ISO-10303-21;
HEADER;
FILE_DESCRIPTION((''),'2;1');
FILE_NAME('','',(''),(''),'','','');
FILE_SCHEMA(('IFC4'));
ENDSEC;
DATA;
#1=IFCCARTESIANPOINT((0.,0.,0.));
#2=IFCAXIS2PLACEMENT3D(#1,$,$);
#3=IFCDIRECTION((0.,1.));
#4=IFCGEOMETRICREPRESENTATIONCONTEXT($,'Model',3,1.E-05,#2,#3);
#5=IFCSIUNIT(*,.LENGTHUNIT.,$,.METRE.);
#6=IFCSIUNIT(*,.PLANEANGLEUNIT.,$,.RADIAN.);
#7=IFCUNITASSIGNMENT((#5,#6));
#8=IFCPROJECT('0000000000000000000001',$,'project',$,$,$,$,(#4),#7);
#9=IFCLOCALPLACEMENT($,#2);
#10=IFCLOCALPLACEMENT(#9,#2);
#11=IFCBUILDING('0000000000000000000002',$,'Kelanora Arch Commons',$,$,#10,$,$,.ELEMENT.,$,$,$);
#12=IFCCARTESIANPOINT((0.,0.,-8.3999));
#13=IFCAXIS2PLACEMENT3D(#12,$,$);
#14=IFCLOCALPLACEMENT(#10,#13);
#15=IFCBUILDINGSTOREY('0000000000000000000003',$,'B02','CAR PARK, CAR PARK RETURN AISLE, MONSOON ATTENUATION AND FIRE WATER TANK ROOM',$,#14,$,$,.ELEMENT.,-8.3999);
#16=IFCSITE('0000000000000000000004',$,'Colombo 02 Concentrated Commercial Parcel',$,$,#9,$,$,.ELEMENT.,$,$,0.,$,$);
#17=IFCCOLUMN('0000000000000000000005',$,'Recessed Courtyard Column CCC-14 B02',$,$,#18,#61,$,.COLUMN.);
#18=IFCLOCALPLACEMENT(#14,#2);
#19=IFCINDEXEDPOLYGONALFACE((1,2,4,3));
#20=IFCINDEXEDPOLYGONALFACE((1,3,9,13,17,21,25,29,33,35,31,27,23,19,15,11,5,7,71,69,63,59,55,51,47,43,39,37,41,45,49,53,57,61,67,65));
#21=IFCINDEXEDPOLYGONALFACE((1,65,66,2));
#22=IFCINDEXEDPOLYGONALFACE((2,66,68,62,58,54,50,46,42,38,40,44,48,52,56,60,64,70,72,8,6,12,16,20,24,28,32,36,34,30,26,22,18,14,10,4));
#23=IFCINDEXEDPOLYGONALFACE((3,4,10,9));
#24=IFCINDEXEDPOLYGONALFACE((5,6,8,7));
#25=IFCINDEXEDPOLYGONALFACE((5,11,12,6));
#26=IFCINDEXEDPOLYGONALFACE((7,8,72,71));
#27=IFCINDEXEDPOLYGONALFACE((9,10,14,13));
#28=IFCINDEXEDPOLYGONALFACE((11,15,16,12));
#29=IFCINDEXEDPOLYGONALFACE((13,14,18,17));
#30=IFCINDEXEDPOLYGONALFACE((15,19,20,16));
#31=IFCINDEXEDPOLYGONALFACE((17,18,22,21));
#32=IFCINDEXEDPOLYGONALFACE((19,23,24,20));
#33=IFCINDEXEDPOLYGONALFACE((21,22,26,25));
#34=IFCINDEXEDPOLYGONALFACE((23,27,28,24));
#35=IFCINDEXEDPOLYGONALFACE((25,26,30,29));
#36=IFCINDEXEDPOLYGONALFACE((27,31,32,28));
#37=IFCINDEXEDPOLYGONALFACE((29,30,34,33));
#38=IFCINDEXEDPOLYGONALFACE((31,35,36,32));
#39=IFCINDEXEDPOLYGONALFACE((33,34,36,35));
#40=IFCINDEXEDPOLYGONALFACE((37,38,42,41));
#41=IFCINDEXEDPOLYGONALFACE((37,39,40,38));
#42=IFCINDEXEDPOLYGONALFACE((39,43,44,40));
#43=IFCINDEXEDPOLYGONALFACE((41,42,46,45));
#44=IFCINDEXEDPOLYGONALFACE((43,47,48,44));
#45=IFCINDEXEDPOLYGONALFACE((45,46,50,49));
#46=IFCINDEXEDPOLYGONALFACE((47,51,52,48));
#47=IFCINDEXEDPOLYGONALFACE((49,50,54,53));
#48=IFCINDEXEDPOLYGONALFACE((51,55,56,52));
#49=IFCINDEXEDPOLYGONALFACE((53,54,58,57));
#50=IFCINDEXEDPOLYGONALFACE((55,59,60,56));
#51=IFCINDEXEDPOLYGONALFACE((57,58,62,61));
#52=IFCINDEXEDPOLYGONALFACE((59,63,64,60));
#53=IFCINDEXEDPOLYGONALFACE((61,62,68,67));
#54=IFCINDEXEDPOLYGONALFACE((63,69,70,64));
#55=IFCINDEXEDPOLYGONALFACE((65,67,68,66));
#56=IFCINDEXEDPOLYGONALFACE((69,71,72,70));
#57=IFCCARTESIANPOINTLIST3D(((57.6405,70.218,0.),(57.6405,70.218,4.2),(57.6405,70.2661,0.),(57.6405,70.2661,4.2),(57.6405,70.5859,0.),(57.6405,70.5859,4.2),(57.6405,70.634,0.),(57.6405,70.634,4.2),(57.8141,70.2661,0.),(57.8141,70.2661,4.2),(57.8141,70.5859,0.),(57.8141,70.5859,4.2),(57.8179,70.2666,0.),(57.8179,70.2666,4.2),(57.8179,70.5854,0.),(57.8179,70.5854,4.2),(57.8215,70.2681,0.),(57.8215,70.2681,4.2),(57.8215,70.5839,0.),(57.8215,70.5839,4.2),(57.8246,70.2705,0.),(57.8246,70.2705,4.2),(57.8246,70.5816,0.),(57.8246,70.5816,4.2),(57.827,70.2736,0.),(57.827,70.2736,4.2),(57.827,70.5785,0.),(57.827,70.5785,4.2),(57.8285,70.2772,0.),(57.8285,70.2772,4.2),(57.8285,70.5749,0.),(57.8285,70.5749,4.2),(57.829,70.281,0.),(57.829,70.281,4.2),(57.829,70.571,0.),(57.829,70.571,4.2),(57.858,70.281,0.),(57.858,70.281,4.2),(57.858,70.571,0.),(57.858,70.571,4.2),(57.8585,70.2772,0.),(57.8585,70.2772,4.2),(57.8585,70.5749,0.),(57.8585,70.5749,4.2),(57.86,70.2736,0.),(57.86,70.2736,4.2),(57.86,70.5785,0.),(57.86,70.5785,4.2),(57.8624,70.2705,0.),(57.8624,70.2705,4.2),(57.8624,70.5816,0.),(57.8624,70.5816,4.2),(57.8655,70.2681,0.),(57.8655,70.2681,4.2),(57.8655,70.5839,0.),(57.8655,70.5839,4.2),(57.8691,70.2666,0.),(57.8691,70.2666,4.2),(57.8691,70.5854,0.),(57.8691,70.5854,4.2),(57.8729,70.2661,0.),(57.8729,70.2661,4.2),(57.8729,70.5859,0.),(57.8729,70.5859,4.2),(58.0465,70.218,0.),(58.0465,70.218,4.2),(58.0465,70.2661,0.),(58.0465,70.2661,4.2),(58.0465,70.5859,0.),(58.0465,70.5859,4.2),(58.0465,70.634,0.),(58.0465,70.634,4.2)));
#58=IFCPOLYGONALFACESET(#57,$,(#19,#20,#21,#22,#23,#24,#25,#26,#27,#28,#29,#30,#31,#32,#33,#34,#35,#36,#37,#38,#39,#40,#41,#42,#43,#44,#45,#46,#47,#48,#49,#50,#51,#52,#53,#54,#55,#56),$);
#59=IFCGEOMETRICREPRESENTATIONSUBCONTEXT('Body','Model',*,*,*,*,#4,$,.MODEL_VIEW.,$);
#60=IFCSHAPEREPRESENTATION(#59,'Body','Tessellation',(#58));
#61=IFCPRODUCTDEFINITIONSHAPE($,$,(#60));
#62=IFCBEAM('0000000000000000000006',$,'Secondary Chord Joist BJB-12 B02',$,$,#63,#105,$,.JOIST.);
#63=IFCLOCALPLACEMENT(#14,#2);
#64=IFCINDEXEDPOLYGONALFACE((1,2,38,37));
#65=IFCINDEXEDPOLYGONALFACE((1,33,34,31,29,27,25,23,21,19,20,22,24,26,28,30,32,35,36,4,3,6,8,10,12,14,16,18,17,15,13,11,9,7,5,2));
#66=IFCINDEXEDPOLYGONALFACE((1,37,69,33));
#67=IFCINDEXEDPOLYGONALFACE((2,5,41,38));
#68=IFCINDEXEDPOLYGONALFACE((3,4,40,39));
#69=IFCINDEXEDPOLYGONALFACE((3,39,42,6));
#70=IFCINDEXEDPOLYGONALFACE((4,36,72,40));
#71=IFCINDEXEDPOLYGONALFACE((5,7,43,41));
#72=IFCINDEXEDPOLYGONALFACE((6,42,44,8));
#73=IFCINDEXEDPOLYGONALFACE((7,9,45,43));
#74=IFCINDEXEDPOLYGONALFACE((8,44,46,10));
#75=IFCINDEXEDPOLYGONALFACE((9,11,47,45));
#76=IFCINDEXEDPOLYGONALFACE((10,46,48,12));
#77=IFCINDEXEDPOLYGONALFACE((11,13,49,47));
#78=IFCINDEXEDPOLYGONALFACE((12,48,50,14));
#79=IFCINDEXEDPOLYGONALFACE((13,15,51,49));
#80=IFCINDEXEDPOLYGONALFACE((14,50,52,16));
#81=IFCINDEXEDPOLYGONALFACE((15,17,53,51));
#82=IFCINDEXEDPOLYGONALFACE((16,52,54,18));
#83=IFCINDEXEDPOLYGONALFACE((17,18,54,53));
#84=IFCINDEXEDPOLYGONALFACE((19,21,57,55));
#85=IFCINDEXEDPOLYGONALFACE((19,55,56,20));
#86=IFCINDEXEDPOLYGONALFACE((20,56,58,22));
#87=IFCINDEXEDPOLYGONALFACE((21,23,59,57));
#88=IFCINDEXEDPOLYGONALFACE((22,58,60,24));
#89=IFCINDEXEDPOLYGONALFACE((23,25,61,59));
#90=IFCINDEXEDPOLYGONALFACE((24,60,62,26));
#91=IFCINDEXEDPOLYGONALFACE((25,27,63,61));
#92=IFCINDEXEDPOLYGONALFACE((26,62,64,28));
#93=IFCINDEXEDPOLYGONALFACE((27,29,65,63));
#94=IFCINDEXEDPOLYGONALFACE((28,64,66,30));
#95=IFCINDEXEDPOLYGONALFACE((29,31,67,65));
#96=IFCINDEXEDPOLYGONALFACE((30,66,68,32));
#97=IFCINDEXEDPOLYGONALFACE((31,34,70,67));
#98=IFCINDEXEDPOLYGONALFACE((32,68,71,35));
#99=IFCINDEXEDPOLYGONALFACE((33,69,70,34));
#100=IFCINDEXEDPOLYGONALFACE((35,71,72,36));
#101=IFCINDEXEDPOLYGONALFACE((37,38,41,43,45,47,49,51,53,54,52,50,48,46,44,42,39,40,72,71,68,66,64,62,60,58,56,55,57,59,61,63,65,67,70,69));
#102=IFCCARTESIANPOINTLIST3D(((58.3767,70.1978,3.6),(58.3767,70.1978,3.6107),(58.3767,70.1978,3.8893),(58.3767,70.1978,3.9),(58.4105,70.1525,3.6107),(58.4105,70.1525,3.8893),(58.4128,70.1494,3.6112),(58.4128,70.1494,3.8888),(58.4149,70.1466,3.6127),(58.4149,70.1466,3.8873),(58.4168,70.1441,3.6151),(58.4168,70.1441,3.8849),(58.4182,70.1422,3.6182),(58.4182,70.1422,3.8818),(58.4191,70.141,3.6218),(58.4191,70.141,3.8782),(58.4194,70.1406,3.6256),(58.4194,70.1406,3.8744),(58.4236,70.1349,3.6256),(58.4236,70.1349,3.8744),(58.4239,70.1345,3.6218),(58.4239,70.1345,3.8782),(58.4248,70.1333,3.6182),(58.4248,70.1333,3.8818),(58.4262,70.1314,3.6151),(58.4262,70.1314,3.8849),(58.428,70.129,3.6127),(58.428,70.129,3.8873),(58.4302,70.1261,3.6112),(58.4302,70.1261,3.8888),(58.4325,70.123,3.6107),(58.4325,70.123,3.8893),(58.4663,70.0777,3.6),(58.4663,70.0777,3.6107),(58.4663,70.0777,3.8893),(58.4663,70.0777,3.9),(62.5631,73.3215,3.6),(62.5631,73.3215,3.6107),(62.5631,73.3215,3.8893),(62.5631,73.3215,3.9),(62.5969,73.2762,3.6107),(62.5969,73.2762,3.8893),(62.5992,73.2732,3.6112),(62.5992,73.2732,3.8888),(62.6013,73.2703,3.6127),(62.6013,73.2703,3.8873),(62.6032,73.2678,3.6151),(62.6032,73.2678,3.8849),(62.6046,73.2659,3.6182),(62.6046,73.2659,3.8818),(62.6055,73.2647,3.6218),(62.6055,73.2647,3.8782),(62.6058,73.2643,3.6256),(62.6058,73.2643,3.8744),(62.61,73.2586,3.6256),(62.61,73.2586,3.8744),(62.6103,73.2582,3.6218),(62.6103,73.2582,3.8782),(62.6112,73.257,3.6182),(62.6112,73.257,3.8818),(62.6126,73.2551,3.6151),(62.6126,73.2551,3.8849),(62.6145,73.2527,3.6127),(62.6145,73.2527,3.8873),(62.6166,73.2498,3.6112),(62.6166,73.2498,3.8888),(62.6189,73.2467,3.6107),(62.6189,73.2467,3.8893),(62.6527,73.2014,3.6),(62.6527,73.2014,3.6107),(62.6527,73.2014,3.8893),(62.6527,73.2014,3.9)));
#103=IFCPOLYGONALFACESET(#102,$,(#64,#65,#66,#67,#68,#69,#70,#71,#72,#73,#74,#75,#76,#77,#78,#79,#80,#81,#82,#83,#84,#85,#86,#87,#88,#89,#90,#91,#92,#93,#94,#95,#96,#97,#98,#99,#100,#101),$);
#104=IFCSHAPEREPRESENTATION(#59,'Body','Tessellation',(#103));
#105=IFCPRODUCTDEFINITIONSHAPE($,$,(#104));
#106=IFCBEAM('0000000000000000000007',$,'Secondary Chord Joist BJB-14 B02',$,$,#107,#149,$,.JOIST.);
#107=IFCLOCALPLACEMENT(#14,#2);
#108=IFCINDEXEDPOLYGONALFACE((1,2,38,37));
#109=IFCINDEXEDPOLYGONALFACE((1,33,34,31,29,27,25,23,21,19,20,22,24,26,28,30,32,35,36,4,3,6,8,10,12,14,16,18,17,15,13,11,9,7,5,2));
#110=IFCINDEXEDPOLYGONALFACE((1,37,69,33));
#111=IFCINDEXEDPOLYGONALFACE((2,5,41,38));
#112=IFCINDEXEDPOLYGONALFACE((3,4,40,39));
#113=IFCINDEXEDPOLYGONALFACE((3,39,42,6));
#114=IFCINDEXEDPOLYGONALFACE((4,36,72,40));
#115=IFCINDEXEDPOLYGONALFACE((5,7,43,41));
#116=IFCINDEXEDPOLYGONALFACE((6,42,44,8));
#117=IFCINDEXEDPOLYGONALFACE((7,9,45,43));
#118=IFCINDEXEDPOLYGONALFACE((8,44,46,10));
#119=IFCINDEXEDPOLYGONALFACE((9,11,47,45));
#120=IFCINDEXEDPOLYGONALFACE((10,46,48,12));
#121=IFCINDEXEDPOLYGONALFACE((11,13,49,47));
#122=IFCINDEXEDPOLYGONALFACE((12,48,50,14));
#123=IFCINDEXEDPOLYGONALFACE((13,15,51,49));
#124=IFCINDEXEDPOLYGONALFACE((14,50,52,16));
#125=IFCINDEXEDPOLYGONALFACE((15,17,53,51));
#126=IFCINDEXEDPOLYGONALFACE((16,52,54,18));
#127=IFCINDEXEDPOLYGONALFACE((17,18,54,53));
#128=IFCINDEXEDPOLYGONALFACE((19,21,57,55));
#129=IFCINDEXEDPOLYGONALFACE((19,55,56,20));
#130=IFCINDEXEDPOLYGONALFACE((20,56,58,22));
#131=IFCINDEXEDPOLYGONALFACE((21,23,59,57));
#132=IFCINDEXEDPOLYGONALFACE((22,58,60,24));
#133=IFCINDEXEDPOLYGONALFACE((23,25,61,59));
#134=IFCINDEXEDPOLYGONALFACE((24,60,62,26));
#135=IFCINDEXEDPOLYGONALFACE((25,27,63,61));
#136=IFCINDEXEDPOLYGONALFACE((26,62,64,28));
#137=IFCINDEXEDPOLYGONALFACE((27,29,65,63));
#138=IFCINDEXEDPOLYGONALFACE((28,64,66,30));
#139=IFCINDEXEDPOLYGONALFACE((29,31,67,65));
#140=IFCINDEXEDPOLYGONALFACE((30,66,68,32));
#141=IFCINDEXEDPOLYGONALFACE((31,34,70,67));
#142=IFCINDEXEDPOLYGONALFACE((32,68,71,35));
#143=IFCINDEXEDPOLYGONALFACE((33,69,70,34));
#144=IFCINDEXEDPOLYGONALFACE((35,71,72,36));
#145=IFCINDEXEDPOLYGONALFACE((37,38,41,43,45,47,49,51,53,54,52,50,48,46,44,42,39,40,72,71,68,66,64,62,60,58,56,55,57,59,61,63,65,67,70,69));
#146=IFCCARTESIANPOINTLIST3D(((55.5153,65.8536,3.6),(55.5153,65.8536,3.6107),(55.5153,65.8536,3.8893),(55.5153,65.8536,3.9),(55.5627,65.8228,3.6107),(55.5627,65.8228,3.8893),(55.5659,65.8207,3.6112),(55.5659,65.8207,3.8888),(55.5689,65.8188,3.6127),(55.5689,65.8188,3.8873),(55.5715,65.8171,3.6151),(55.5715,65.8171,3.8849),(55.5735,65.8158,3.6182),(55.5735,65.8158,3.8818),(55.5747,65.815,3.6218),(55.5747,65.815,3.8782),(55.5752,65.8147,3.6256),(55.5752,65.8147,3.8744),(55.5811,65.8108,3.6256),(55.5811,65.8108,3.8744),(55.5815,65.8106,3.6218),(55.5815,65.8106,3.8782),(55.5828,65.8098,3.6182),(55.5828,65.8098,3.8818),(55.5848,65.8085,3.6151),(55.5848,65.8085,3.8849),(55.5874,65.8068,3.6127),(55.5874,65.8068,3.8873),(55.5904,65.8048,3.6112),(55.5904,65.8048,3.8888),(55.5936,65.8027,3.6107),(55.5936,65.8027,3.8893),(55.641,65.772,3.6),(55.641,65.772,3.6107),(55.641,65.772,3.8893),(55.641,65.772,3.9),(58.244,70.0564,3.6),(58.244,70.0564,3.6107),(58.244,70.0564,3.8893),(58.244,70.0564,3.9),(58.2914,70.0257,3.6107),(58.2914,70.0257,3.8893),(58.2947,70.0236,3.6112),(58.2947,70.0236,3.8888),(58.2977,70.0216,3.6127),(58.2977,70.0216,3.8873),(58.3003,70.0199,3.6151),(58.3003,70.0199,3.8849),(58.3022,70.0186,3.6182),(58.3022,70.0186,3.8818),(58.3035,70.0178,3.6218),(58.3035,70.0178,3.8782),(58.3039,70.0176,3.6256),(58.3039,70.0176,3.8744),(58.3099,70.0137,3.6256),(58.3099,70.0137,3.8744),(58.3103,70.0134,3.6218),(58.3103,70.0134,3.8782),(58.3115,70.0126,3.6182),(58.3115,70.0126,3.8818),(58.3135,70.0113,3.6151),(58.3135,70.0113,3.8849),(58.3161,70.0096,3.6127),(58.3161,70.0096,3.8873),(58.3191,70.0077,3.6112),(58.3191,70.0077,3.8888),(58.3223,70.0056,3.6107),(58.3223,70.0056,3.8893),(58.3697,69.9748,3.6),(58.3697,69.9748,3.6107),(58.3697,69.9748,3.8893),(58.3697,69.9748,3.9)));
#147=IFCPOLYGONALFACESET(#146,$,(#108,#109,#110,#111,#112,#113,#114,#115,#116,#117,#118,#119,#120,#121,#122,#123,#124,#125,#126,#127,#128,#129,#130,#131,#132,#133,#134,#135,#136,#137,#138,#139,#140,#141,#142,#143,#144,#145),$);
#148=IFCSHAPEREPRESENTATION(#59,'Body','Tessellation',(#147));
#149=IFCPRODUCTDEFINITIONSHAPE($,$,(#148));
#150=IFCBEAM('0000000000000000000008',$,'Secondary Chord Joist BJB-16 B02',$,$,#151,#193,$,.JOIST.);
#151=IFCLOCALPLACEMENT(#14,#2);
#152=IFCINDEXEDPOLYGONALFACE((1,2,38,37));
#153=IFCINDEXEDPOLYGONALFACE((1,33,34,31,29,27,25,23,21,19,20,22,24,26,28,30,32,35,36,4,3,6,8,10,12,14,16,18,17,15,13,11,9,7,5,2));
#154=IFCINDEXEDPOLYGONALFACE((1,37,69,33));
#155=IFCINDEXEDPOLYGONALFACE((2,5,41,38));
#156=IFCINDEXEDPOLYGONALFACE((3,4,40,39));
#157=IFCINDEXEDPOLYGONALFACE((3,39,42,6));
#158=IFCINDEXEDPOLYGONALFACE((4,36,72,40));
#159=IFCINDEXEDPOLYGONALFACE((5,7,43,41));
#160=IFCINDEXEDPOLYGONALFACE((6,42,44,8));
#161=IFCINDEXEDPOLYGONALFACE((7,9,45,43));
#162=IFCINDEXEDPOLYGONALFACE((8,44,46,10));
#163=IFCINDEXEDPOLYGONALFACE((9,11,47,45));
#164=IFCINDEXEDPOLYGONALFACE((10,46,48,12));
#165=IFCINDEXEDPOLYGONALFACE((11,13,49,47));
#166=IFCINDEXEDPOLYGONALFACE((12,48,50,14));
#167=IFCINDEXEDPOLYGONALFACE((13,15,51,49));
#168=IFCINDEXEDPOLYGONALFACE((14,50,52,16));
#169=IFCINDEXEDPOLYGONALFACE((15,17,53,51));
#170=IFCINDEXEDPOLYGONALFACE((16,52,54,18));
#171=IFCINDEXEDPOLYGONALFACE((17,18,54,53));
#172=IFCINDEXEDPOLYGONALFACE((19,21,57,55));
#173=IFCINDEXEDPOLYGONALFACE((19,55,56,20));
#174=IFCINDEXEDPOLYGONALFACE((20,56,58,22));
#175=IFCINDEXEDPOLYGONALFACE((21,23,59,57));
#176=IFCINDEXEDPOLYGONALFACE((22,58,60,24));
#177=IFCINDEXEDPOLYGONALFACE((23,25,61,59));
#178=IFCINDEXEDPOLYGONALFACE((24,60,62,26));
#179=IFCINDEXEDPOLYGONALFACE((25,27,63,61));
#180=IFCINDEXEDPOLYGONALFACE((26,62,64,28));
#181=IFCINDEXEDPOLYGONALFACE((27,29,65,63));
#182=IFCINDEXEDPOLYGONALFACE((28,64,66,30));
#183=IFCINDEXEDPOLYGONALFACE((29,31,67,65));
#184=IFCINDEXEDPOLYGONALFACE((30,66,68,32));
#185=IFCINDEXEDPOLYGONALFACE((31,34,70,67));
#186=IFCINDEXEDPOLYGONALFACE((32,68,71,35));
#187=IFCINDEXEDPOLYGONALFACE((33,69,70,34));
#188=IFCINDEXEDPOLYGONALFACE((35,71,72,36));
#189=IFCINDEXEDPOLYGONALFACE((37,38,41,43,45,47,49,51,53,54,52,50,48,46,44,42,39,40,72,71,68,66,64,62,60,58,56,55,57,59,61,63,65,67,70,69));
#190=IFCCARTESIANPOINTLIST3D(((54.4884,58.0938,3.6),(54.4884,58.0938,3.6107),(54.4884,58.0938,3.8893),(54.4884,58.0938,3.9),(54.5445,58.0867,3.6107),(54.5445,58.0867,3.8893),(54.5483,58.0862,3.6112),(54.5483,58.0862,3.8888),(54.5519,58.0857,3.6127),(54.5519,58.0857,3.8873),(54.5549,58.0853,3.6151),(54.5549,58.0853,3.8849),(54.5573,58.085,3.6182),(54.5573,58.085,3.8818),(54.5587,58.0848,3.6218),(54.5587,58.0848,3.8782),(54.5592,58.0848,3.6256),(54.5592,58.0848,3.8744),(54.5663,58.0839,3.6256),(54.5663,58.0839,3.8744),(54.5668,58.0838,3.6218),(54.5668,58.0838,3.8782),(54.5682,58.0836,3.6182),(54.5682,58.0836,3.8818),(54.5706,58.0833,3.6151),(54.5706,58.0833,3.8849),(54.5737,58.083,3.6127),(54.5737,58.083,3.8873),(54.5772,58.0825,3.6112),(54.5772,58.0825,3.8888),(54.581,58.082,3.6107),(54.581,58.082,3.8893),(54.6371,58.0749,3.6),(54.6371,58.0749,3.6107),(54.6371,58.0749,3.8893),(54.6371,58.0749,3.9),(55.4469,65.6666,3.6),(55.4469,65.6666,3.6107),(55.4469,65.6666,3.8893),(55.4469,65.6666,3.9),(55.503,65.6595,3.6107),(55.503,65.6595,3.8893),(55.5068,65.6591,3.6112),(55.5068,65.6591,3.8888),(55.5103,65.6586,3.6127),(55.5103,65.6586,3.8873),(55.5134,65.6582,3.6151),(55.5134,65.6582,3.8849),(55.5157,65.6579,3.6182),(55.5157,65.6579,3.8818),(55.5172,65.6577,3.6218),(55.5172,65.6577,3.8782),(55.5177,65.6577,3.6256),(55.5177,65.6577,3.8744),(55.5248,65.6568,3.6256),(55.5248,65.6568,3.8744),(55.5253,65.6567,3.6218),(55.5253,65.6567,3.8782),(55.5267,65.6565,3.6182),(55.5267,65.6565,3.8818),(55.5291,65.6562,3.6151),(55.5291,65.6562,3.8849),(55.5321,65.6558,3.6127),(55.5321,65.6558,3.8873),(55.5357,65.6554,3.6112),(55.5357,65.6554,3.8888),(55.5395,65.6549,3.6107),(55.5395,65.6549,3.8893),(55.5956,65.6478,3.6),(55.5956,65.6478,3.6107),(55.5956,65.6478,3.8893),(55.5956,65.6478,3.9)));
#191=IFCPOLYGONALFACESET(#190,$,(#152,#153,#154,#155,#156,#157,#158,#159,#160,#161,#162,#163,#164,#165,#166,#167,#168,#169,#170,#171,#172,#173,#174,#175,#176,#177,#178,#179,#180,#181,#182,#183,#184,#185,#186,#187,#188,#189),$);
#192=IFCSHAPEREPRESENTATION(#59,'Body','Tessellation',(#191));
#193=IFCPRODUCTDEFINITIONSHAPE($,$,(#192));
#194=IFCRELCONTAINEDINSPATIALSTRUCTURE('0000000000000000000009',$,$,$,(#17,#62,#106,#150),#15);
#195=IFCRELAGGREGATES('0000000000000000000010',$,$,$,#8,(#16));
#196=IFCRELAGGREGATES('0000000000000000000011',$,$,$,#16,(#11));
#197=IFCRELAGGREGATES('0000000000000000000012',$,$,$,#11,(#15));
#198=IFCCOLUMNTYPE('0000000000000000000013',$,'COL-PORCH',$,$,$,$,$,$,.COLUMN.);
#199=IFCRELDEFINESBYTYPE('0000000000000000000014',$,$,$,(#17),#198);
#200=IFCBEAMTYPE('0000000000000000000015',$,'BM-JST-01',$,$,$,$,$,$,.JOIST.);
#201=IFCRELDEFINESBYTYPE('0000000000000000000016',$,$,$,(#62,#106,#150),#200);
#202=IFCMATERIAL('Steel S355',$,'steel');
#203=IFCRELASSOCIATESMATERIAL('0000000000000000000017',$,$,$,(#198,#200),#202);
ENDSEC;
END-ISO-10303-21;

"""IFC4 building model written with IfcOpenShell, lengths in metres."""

from ifc_helpers import new_model, si_unit, direction, frame, origin, origin_2d, place, context, subcontext, project, spatial, i_section, extrude, material, material_profile, profile_set, type_object, element, save


model = new_model("IFC4")

# Units and contexts
model_context = context("Model", 3, precision=1e-05, world=origin(), true_north=direction((0.0, 1.0)))
body_context = subcontext(model_context, "Body", "Model", "MODEL_VIEW")
ifc_project = project(units=[si_unit("LENGTHUNIT", "METRE"), si_unit("PLANEANGLEUNIT", "RADIAN")], contexts=[model_context])

# Site, building, storey
site_placement = place(None, origin())
site = spatial("IfcSite", under=ifc_project, at=site_placement, Name="Colombo 02 Concentrated Commercial Parcel", CompositionType="ELEMENT", RefElevation=0.0)
building_placement = place(site_placement, origin())
building = spatial("IfcBuilding", under=site, at=building_placement, Name="Kelanora Arch Commons", CompositionType="ELEMENT")
storey_placement = place(building_placement, frame((0.0, 0.0, -8.3999)))
storey = spatial("IfcBuildingStorey", under=building, at=storey_placement, Name="B02", Description="CAR PARK, CAR PARK RETURN AISLE, MONSOON ATTENUATION AND FIRE WATER TANK ROOM", CompositionType="ELEMENT", Elevation=-8.3999)

# Column
ifc_material_1 = material(Name="Steel S355", Category="steel")
ifc_material_profile_1 = material_profile(ifc_material_1, i_section(OverallWidth=0.406, OverallDepth=0.416, WebThickness=0.0291, FlangeThickness=0.0481, FilletRadius=0.0149, at=origin_2d()), Name="HD400x382")
ifc_profile_set_1 = profile_set([ifc_material_profile_1], Name="Steel S355")
column_type_1 = type_object("IfcColumnType", Name="COL-PORCH", PredefinedType="COLUMN", material=ifc_profile_set_1)
column_placement = place(storey_placement, frame((57.8435, 70.426, 0.0), z_axis=(0.0, 0.0, 1.0), x_axis=(1.0, 0.0, 0.0)))
element("IfcColumn", 1, at=column_placement, inside=storey, type_object=column_type_1, Name="Recessed Courtyard Column CCC-14 B02", PredefinedType="COLUMN", context=body_context, shape_type="SweptSolid", body=[
    extrude(i_section(OverallWidth=0.406, OverallDepth=0.416, WebThickness=0.0291, FlangeThickness=0.0481, FilletRadius=0.0149, at=origin_2d()), origin(), (0.0, 0.0, 1.0), 4.2),
])

# Beams
ifc_material_profile_2 = material_profile(ifc_material_1, i_section(OverallWidth=0.1499, OverallDepth=0.3, WebThickness=0.0071, FlangeThickness=0.0107, FilletRadius=0.0149, at=origin_2d()), Name="IPE300")
ifc_profile_set_2 = profile_set([ifc_material_profile_2], Name="Steel S355")
beam_type_1 = type_object("IfcBeamType", Name="BM-JST-01", PredefinedType="JOIST", material=ifc_profile_set_2)
beam_1_placement = place(storey_placement, frame((62.6079, 73.2615, 3.75), z_axis=(-0.801478, -0.598024, 0.0), x_axis=(0.598024, -0.801478, 0.0)))
element("IfcBeam", 2, at=beam_1_placement, inside=storey, type_object=beam_type_1, Name="Secondary Chord Joist BJB-12 B02", PredefinedType="JOIST", context=body_context, shape_type="SweptSolid", body=[
    extrude(i_section(OverallWidth=0.1499, OverallDepth=0.3, WebThickness=0.0071, FlangeThickness=0.0107, FilletRadius=0.0149, at=origin_2d()), origin(), (0.0, 0.0, 1.0), 5.2234),
])
beam_2_placement = place(storey_placement, frame((58.3069, 70.0156, 3.75), z_axis=(-0.544552, -0.838727, 0.0), x_axis=(0.838727, -0.544552, 0.0)))
element("IfcBeam", 3, at=beam_2_placement, inside=storey, type_object=beam_type_1, Name="Secondary Chord Joist BJB-14 B02", PredefinedType="JOIST", context=body_context, shape_type="SweptSolid", body=[
    extrude(i_section(OverallWidth=0.1499, OverallDepth=0.3, WebThickness=0.0071, FlangeThickness=0.0107, FilletRadius=0.0149, at=origin_2d()), origin(), (0.0, 0.0, 1.0), 5.011),
])
beam_3_placement = place(storey_placement, frame((55.5212, 65.6572, 3.75), z_axis=(-0.125566, -0.992085, 0.0), x_axis=(0.992085, -0.125566, 0.0)))
element("IfcBeam", 4, at=beam_3_placement, inside=storey, type_object=beam_type_1, Name="Secondary Chord Joist BJB-16 B02", PredefinedType="JOIST", context=body_context, shape_type="SweptSolid", body=[
    extrude(i_section(OverallWidth=0.1499, OverallDepth=0.3, WebThickness=0.0071, FlangeThickness=0.0107, FilletRadius=0.0149, at=origin_2d()), origin(), (0.0, 0.0, 1.0), 7.6333),
])

save(model, "model.ifc")
